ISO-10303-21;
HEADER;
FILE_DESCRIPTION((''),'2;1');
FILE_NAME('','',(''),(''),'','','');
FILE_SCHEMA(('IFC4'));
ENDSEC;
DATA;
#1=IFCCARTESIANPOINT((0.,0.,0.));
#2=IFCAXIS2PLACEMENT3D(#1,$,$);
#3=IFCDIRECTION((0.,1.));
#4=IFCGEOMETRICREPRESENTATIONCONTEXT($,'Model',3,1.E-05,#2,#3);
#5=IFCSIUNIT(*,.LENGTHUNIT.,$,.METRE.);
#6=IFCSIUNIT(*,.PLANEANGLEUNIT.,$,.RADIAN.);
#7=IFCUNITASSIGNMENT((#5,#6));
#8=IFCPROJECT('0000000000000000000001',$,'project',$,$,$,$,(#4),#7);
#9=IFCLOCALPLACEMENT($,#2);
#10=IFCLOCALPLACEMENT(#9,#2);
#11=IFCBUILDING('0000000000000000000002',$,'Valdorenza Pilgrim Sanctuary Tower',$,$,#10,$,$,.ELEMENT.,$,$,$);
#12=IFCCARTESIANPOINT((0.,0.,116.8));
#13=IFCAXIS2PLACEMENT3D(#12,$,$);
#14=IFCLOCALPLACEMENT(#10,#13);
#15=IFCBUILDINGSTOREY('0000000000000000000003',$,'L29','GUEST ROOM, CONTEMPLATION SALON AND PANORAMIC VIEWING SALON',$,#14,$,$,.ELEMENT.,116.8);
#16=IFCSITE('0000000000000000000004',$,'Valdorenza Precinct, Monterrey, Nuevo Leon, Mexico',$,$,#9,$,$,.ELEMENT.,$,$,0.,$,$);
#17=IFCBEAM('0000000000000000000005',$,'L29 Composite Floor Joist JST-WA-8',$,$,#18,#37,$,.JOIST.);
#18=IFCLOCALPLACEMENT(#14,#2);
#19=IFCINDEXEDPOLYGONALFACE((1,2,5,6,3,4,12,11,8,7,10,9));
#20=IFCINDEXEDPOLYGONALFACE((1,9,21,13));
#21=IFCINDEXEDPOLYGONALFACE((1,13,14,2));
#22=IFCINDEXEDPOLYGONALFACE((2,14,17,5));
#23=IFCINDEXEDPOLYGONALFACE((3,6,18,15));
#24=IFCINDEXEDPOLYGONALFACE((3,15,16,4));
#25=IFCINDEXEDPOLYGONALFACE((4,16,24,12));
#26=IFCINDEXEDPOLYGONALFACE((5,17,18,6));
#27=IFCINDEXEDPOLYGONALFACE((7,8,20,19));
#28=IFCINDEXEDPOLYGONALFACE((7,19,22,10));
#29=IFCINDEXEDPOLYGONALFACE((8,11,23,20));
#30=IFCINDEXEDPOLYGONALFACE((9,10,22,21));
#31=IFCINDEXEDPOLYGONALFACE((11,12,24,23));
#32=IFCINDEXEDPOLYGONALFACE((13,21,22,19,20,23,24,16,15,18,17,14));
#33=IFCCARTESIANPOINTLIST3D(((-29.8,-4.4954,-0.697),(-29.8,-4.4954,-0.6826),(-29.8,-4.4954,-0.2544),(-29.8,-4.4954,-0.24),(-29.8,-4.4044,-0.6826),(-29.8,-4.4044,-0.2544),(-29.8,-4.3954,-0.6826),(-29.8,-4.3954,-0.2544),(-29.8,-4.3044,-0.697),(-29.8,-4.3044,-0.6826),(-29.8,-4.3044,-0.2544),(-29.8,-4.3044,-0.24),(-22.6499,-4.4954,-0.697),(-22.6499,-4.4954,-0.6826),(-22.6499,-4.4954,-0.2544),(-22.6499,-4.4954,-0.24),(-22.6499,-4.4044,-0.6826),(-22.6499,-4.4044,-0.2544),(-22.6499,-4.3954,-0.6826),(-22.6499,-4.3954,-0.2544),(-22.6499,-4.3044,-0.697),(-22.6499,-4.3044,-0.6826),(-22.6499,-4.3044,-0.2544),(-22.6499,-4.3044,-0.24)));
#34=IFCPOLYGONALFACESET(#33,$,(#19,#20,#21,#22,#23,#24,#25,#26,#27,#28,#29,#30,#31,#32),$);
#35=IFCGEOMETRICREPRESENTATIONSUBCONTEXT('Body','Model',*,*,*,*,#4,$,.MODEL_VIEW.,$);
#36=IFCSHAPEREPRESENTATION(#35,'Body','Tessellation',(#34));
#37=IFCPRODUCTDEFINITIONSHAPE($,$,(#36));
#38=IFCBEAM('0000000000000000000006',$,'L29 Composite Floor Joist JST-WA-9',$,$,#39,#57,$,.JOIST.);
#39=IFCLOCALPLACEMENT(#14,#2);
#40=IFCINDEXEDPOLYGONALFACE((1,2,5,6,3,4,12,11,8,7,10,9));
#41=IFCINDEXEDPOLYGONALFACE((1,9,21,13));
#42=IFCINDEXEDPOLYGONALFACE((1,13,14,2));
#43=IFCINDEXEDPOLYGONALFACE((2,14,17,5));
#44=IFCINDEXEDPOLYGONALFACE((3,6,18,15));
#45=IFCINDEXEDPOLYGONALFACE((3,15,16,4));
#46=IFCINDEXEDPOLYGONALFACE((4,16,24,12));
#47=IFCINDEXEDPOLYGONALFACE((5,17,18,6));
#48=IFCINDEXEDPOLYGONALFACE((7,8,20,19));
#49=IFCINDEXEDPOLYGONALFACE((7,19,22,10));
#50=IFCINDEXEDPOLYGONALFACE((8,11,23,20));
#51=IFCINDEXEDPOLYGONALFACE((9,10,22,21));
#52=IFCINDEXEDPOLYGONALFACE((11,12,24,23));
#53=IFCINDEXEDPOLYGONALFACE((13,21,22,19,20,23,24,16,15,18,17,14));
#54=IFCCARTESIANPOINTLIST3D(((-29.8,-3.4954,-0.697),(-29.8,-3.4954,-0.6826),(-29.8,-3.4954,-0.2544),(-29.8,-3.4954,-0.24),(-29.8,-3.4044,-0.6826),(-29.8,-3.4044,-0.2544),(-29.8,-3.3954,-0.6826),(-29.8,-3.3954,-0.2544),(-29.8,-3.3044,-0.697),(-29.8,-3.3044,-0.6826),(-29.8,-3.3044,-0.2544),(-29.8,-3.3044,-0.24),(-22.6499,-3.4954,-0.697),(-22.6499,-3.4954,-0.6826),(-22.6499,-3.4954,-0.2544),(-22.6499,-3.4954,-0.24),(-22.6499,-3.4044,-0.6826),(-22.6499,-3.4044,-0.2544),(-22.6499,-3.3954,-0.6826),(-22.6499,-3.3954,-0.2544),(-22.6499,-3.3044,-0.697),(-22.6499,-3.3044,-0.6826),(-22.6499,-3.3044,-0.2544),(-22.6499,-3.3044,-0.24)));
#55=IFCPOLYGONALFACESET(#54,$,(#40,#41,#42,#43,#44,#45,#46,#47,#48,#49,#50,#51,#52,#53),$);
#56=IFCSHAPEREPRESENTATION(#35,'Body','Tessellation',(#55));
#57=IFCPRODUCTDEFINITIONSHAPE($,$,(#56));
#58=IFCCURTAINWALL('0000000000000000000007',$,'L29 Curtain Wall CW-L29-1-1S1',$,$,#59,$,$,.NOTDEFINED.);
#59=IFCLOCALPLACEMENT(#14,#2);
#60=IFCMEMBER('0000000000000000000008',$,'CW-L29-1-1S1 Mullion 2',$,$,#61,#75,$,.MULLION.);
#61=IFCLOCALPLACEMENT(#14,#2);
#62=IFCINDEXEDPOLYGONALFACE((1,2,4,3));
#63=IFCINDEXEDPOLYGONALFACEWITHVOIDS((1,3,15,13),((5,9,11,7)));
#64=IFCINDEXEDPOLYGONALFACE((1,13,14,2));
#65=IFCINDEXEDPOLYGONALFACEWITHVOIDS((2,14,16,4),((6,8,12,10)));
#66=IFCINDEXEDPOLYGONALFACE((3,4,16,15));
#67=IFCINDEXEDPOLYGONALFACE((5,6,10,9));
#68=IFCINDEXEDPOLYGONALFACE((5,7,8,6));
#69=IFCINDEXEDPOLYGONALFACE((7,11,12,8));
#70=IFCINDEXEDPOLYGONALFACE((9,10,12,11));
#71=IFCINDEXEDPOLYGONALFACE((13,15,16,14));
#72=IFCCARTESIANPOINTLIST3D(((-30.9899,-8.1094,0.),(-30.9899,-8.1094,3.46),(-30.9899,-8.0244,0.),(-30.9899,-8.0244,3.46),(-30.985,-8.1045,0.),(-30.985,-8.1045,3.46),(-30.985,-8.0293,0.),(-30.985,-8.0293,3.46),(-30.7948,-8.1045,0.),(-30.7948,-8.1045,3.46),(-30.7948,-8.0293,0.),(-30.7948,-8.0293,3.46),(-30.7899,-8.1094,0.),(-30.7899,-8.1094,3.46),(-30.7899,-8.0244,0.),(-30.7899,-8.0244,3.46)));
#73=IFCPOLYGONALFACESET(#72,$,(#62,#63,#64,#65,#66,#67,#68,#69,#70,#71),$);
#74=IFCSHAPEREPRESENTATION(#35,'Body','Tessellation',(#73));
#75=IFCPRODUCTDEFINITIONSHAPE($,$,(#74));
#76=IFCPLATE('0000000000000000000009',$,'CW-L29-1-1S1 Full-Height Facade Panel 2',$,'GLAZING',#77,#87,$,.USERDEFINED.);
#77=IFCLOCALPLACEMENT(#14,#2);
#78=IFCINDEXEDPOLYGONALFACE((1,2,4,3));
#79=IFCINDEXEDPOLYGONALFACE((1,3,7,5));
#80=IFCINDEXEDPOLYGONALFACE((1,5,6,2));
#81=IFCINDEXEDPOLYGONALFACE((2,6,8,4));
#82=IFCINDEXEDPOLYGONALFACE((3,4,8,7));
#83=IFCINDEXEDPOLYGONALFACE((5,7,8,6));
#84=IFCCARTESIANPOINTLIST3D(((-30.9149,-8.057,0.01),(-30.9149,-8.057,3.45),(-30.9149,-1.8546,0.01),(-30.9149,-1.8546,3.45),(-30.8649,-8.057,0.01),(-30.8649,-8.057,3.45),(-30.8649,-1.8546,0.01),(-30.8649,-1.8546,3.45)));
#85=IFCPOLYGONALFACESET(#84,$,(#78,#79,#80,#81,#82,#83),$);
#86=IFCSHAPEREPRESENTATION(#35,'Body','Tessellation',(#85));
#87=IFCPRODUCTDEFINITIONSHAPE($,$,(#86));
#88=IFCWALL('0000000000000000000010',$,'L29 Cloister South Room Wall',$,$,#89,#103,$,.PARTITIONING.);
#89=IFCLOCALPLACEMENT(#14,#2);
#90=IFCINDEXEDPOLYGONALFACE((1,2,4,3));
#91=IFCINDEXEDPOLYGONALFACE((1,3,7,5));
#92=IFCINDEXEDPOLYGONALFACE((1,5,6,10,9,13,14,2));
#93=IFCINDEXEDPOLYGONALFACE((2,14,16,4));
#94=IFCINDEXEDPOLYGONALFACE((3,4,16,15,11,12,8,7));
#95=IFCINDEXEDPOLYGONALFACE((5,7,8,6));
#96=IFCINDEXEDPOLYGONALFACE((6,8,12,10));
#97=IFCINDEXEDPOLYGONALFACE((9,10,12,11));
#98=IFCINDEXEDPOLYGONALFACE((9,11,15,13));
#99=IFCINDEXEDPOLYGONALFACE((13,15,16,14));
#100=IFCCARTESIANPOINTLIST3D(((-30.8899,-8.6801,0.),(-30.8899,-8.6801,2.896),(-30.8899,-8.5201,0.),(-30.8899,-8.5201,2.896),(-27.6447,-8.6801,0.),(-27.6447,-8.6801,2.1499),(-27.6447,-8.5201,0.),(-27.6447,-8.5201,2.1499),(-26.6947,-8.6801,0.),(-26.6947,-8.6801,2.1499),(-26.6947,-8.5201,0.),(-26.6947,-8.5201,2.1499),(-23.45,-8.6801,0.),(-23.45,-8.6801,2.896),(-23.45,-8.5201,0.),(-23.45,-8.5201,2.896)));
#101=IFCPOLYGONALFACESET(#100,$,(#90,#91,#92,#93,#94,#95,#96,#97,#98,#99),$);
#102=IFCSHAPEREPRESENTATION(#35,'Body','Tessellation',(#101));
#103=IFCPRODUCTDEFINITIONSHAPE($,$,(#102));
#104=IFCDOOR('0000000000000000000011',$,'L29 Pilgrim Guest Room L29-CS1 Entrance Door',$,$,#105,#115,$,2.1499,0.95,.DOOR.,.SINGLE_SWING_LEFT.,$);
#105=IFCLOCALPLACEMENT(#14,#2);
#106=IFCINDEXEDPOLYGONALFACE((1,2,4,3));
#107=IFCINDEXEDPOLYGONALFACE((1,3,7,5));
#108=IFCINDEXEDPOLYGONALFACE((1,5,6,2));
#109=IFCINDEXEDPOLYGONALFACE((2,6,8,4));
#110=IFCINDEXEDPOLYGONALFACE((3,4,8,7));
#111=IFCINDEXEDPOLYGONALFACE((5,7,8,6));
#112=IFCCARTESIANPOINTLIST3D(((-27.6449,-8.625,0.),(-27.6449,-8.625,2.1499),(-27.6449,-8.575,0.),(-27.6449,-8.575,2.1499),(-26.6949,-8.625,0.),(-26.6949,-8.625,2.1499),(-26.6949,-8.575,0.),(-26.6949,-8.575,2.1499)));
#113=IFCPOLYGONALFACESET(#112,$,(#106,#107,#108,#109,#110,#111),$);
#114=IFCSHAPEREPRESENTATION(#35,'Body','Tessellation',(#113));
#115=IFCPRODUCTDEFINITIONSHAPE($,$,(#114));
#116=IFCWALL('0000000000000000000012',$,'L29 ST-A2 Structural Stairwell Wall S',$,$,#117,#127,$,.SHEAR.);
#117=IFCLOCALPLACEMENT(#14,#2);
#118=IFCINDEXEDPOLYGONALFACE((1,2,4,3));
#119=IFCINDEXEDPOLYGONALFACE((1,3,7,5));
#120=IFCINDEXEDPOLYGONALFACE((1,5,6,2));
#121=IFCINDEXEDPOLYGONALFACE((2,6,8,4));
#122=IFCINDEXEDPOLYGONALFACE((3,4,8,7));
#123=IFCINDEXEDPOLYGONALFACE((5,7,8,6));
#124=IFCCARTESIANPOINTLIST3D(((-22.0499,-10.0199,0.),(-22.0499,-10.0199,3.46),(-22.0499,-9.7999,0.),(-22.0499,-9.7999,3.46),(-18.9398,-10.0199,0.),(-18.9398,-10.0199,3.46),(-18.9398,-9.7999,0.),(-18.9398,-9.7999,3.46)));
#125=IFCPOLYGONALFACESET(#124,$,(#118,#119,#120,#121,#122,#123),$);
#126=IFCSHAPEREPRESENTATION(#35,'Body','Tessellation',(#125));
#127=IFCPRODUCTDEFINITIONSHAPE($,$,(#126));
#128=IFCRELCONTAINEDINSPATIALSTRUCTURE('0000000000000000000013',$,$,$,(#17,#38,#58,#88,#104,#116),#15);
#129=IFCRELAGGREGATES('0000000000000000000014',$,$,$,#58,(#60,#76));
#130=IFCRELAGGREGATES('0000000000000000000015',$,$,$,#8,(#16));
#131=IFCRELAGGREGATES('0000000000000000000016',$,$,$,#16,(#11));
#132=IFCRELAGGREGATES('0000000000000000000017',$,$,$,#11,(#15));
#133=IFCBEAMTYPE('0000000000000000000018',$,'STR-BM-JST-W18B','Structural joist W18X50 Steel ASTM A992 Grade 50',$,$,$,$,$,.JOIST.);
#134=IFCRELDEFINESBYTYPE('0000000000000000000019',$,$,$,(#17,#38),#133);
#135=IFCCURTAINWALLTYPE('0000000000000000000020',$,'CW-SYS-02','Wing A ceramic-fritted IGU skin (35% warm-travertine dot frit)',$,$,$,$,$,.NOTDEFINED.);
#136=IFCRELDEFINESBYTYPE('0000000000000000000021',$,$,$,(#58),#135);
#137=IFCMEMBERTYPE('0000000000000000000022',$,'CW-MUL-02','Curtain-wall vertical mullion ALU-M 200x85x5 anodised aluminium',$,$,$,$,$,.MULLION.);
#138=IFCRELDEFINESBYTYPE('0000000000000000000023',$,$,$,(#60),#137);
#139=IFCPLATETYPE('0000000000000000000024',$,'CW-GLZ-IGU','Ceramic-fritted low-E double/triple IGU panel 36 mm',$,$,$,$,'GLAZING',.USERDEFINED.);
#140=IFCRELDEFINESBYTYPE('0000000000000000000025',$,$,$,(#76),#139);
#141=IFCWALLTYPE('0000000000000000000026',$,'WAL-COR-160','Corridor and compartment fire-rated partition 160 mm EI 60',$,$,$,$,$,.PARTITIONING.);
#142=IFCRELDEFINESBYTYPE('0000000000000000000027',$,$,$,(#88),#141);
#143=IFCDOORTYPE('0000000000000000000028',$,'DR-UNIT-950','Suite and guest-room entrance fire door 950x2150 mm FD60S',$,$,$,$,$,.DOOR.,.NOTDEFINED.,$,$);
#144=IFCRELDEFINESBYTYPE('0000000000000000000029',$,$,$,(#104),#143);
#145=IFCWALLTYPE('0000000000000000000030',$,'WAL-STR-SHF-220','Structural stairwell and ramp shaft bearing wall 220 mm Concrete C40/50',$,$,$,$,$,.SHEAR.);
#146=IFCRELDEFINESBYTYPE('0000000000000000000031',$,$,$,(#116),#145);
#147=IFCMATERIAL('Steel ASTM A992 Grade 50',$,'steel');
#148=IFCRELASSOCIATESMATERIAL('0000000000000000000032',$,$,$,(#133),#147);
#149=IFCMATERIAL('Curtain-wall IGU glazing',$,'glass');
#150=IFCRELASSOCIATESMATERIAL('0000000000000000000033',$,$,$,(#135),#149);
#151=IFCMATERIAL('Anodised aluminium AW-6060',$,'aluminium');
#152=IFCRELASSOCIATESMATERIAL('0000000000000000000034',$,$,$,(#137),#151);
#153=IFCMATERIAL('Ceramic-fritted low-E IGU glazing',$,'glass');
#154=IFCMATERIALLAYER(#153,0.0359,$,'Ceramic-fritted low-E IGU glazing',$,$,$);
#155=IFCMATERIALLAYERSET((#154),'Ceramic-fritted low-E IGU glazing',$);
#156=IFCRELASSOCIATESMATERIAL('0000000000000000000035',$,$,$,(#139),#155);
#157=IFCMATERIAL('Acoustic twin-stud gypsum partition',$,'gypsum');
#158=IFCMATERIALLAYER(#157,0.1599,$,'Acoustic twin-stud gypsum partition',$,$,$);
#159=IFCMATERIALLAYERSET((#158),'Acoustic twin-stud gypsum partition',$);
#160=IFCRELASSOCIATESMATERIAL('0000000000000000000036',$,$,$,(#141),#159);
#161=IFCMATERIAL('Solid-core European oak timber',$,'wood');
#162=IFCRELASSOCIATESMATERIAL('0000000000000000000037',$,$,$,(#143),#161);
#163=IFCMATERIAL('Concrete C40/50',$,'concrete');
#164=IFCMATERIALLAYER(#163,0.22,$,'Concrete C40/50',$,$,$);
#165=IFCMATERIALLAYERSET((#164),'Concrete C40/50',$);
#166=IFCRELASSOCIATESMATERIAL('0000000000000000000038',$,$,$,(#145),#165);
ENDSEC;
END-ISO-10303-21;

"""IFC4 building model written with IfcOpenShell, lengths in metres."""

from ifc_helpers import new_model, si_unit, direction, frame, frame_2d, origin, origin_2d, place, context, subcontext, project, spatial, rectangle, hollow_rectangle, i_section, extrude, source, transform, mapped, material, layer, layer_set, material_profile, profile_set, type_object, element, fill, aggregate, save


model = new_model("IFC4")

# Units and contexts
model_context = context("Model", 3, precision=1e-05, world=origin(), true_north=direction((0.0, 1.0)))
body_context = subcontext(model_context, "Body", "Model", "MODEL_VIEW")
ifc_project = project(units=[si_unit("LENGTHUNIT", "METRE"), si_unit("PLANEANGLEUNIT", "RADIAN")], contexts=[model_context])

# Site, building, storey
site_placement = place(None, origin())
site = spatial("IfcSite", under=ifc_project, at=site_placement, Name="Valdorenza Precinct, Monterrey, Nuevo Leon, Mexico", CompositionType="ELEMENT", RefElevation=0.0)
building_placement = place(site_placement, origin())
building = spatial("IfcBuilding", under=site, at=building_placement, Name="Valdorenza Pilgrim Sanctuary Tower", CompositionType="ELEMENT")
storey_placement = place(building_placement, frame((0.0, 0.0, 116.8)))
storey = spatial("IfcBuildingStorey", under=building, at=storey_placement, Name="L29", Description="GUEST ROOM, CONTEMPLATION SALON AND PANORAMIC VIEWING SALON", CompositionType="ELEMENT", Elevation=116.8)

# Beams
ifc_material_1 = material(Name="Steel ASTM A992 Grade 50", Category="steel")
ifc_material_profile_1 = material_profile(ifc_material_1, i_section(OverallWidth=0.1909, OverallDepth=0.457, WebThickness=0.009, FlangeThickness=0.0144, at=origin_2d()), Name="W18X50")
ifc_profile_set_1 = profile_set([ifc_material_profile_1], Name="Steel ASTM A992 Grade 50")
beam_type = type_object("IfcBeamType", Name="STR-BM-JST-W18B", Description="Structural joist W18X50 Steel ASTM A992 Grade 50", PredefinedType="JOIST", material=ifc_profile_set_1)
shared_shape_1 = source(origin(), body_context, "Body", "SweptSolid", [
    extrude(i_section(OverallWidth=0.1909, OverallDepth=0.457, WebThickness=0.009, FlangeThickness=0.0144, at=origin_2d()), origin(), (0.0, 0.0, 1.0), 7.1501),
])
for number, where, z_axis, x_axis, name in (
    (1, (-29.8, -4.3999, -0.4685), (1.0, 0.0, 0.0), (0.0, 1.0, 0.0), "L29 Composite Floor Joist JST-WA-8"),
    (2, (-29.8, -3.3999, -0.4685), (1.0, 0.0, 0.0), (0.0, 1.0, 0.0), "L29 Composite Floor Joist JST-WA-9"),
):
    element("IfcBeam", number, at=place(storey_placement, frame(where, z_axis=z_axis, x_axis=x_axis)), inside=storey, type_object=beam_type, Name=name, PredefinedType="JOIST", context=body_context, shape_type="MappedRepresentation", body=[
        mapped(shared_shape_1, transform((0.0, 0.0, 0.0), x_axis=(1.0, 0.0, 0.0), y_axis=(0.0, 1.0, 0.0), z_axis=(0.0, 0.0, 1.0), scale=1.0)),
    ])

# Curtain wall, member, plate
ifc_material_2 = material(Name="Curtain-wall IGU glazing", Category="glass")
curtain_wall_type = type_object("IfcCurtainWallType", Name="CW-SYS-02", Description="Wing A ceramic-fritted IGU skin (35% warm-travertine dot frit)", PredefinedType="NOTDEFINED", material=ifc_material_2)
curtain_wall_placement = place(storey_placement, origin())
curtain_wall = element("IfcCurtainWall", 3, at=curtain_wall_placement, inside=storey, type_object=curtain_wall_type, Name="L29 Curtain Wall CW-L29-1-1S1", PredefinedType="NOTDEFINED")
ifc_material_3 = material(Name="Anodised aluminium AW-6060", Category="aluminium")
ifc_material_profile_2 = material_profile(ifc_material_3, hollow_rectangle(XDim=0.085, YDim=0.2, WallThickness=0.0049, at=origin_2d()), Name="ALU-M 200x85x5")
ifc_profile_set_2 = profile_set([ifc_material_profile_2], Name="Anodised aluminium AW-6060")
member_type = type_object("IfcMemberType", Name="CW-MUL-02", Description="Curtain-wall vertical mullion ALU-M 200x85x5 anodised aluminium", PredefinedType="MULLION", material=ifc_profile_set_2)
shared_shape_2 = source(origin(), body_context, "Body", "SweptSolid", [
    extrude(hollow_rectangle(XDim=0.085, YDim=0.2, WallThickness=0.0049, at=origin_2d()), origin(), (0.0, 0.0, 1.0), 3.46),
])
member_placement = place(storey_placement, frame((-30.8899, -8.0669, 0.0), z_axis=(0.0, 0.0, 1.0), x_axis=(0.0, 1.0, 0.0)))
member = element("IfcMember", 4, at=member_placement, type_object=member_type, Name="CW-L29-1-1S1 Mullion 2", PredefinedType="MULLION", context=body_context, shape_type="MappedRepresentation", body=[
    mapped(shared_shape_2, transform((0.0, 0.0, 0.0), x_axis=(1.0, 0.0, 0.0), y_axis=(0.0, 1.0, 0.0), z_axis=(0.0, 0.0, 1.0), scale=1.0)),
])
ifc_material_4 = material(Name="Ceramic-fritted low-E IGU glazing", Category="glass")
ifc_layer_1 = layer(ifc_material_4, 0.0359, Name="Ceramic-fritted low-E IGU glazing")
ifc_layer_set_1 = layer_set([ifc_layer_1], Name="Ceramic-fritted low-E IGU glazing")
plate_type = type_object("IfcPlateType", Name="CW-GLZ-IGU", Description="Ceramic-fritted low-E double/triple IGU panel 36 mm", ElementType="GLAZING", PredefinedType="USERDEFINED", material=ifc_layer_set_1)
shared_shape_3 = source(origin(), body_context, "Body", "SweptSolid", [
    extrude(rectangle(XDim=6.2024, YDim=0.05, at=origin_2d()), origin(), (0.0, 0.0, 1.0), 3.4399),
])
plate_placement = place(storey_placement, frame((-30.8899, -4.9558, 0.01), z_axis=(0.0, 0.0, 1.0), x_axis=(0.0, 1.0, 0.0)))
plate = element("IfcPlate", 5, at=plate_placement, type_object=plate_type, Name="CW-L29-1-1S1 Full-Height Facade Panel 2", ObjectType="GLAZING", PredefinedType="USERDEFINED", context=body_context, shape_type="MappedRepresentation", body=[
    mapped(shared_shape_3, transform((0.0, 0.0, 0.0), x_axis=(1.0, 0.0, 0.0), y_axis=(0.0, 1.0, 0.0), z_axis=(0.0, 0.0, 1.0), scale=1.0)),
])
aggregate(curtain_wall, [member, plate])

# Wall, opening, door
ifc_material_5 = material(Name="Acoustic twin-stud gypsum partition", Category="gypsum")
ifc_layer_2 = layer(ifc_material_5, 0.1599, Name="Acoustic twin-stud gypsum partition")
ifc_layer_set_2 = layer_set([ifc_layer_2], Name="Acoustic twin-stud gypsum partition")
wall_type_1 = type_object("IfcWallType", Name="WAL-COR-160", Description="Corridor and compartment fire-rated partition 160 mm EI 60", PredefinedType="PARTITIONING", material=ifc_layer_set_2)
wall_1_placement = place(storey_placement, frame((-30.8899, -8.6001, 0.0), z_axis=(0.0, 0.0, 1.0), x_axis=(1.0, 0.0, 0.0)))
wall_1 = element("IfcWall", 6, at=wall_1_placement, inside=storey, type_object=wall_type_1, Name="L29 Cloister South Room Wall", PredefinedType="PARTITIONING", context=body_context, shape_type="SweptSolid", body=[
    extrude(rectangle(XDim=7.4399, YDim=0.1599, at=frame_2d((3.72, 0.0))), origin(), (0.0, 0.0, 1.0), 2.896),
])
opening_1_placement = place(wall_1_placement, frame((3.2451, 0.0, 0.0)))
opening_1 = element("IfcOpeningElement", 7, at=opening_1_placement, cuts=wall_1, PredefinedType="OPENING", context=body_context, shape_type="SweptSolid", body=[
    extrude(rectangle(XDim=0.95, YDim=2.1499, at=frame_2d((0.4751, 1.075))), frame((0.0, 0.0947, 0.0), z_axis=(0.0, -1.0, 0.0), x_axis=(1.0, 0.0, 0.0)), (0.0, 0.0, 1.0), 0.1897),
])
ifc_material_6 = material(Name="Solid-core European oak timber", Category="wood")
door_type_1 = type_object("IfcDoorType", Name="DR-UNIT-950", Description="Suite and guest-room entrance fire door 950x2150 mm FD60S", OperationType="NOTDEFINED", PredefinedType="DOOR", material=ifc_material_6)
door_1_placement = place(opening_1_placement, frame((0.95, 0.0, 0.0), z_axis=(0.0, 0.0, 1.0), x_axis=(-1.0, 0.0, 0.0)))
door_1 = element("IfcDoor", 8, at=door_1_placement, inside=storey, type_object=door_type_1, Name="L29 Pilgrim Guest Room L29-CS1 Entrance Door", OperationType="SINGLE_SWING_LEFT", OverallHeight=2.1499, OverallWidth=0.95, PredefinedType="DOOR", context=body_context, shape_type="SweptSolid", body=[
    extrude(rectangle(XDim=0.95, YDim=2.1499, at=frame_2d((0.4751, 1.075))), frame((0.0, 0.0249, 0.0), z_axis=(0.0, -1.0, 0.0), x_axis=(1.0, 0.0, 0.0)), (0.0, 0.0, 1.0), 0.05),
])
fill(opening_1, door_1)

# Wall
ifc_material_7 = material(Name="Concrete C40/50", Category="concrete")
ifc_layer_3 = layer(ifc_material_7, 0.22, Name="Concrete C40/50")
ifc_layer_set_3 = layer_set([ifc_layer_3], Name="Concrete C40/50")
wall_type_2 = type_object("IfcWallType", Name="WAL-STR-SHF-220", Description="Structural stairwell and ramp shaft bearing wall 220 mm Concrete C40/50", PredefinedType="SHEAR", material=ifc_layer_set_3)
wall_2_placement = place(storey_placement, frame((-22.05, -9.9099, 0.0), z_axis=(0.0, 0.0, 1.0), x_axis=(1.0, 0.0, 0.0)))
element("IfcWall", 9, at=wall_2_placement, inside=storey, type_object=wall_type_2, Name="L29 ST-A2 Structural Stairwell Wall S", PredefinedType="SHEAR", context=body_context, shape_type="SweptSolid", body=[
    extrude(rectangle(XDim=3.1101, YDim=0.22, at=frame_2d((1.5552, 0.0))), origin(), (0.0, 0.0, 1.0), 3.46),
])

save(model, "model.ifc")
